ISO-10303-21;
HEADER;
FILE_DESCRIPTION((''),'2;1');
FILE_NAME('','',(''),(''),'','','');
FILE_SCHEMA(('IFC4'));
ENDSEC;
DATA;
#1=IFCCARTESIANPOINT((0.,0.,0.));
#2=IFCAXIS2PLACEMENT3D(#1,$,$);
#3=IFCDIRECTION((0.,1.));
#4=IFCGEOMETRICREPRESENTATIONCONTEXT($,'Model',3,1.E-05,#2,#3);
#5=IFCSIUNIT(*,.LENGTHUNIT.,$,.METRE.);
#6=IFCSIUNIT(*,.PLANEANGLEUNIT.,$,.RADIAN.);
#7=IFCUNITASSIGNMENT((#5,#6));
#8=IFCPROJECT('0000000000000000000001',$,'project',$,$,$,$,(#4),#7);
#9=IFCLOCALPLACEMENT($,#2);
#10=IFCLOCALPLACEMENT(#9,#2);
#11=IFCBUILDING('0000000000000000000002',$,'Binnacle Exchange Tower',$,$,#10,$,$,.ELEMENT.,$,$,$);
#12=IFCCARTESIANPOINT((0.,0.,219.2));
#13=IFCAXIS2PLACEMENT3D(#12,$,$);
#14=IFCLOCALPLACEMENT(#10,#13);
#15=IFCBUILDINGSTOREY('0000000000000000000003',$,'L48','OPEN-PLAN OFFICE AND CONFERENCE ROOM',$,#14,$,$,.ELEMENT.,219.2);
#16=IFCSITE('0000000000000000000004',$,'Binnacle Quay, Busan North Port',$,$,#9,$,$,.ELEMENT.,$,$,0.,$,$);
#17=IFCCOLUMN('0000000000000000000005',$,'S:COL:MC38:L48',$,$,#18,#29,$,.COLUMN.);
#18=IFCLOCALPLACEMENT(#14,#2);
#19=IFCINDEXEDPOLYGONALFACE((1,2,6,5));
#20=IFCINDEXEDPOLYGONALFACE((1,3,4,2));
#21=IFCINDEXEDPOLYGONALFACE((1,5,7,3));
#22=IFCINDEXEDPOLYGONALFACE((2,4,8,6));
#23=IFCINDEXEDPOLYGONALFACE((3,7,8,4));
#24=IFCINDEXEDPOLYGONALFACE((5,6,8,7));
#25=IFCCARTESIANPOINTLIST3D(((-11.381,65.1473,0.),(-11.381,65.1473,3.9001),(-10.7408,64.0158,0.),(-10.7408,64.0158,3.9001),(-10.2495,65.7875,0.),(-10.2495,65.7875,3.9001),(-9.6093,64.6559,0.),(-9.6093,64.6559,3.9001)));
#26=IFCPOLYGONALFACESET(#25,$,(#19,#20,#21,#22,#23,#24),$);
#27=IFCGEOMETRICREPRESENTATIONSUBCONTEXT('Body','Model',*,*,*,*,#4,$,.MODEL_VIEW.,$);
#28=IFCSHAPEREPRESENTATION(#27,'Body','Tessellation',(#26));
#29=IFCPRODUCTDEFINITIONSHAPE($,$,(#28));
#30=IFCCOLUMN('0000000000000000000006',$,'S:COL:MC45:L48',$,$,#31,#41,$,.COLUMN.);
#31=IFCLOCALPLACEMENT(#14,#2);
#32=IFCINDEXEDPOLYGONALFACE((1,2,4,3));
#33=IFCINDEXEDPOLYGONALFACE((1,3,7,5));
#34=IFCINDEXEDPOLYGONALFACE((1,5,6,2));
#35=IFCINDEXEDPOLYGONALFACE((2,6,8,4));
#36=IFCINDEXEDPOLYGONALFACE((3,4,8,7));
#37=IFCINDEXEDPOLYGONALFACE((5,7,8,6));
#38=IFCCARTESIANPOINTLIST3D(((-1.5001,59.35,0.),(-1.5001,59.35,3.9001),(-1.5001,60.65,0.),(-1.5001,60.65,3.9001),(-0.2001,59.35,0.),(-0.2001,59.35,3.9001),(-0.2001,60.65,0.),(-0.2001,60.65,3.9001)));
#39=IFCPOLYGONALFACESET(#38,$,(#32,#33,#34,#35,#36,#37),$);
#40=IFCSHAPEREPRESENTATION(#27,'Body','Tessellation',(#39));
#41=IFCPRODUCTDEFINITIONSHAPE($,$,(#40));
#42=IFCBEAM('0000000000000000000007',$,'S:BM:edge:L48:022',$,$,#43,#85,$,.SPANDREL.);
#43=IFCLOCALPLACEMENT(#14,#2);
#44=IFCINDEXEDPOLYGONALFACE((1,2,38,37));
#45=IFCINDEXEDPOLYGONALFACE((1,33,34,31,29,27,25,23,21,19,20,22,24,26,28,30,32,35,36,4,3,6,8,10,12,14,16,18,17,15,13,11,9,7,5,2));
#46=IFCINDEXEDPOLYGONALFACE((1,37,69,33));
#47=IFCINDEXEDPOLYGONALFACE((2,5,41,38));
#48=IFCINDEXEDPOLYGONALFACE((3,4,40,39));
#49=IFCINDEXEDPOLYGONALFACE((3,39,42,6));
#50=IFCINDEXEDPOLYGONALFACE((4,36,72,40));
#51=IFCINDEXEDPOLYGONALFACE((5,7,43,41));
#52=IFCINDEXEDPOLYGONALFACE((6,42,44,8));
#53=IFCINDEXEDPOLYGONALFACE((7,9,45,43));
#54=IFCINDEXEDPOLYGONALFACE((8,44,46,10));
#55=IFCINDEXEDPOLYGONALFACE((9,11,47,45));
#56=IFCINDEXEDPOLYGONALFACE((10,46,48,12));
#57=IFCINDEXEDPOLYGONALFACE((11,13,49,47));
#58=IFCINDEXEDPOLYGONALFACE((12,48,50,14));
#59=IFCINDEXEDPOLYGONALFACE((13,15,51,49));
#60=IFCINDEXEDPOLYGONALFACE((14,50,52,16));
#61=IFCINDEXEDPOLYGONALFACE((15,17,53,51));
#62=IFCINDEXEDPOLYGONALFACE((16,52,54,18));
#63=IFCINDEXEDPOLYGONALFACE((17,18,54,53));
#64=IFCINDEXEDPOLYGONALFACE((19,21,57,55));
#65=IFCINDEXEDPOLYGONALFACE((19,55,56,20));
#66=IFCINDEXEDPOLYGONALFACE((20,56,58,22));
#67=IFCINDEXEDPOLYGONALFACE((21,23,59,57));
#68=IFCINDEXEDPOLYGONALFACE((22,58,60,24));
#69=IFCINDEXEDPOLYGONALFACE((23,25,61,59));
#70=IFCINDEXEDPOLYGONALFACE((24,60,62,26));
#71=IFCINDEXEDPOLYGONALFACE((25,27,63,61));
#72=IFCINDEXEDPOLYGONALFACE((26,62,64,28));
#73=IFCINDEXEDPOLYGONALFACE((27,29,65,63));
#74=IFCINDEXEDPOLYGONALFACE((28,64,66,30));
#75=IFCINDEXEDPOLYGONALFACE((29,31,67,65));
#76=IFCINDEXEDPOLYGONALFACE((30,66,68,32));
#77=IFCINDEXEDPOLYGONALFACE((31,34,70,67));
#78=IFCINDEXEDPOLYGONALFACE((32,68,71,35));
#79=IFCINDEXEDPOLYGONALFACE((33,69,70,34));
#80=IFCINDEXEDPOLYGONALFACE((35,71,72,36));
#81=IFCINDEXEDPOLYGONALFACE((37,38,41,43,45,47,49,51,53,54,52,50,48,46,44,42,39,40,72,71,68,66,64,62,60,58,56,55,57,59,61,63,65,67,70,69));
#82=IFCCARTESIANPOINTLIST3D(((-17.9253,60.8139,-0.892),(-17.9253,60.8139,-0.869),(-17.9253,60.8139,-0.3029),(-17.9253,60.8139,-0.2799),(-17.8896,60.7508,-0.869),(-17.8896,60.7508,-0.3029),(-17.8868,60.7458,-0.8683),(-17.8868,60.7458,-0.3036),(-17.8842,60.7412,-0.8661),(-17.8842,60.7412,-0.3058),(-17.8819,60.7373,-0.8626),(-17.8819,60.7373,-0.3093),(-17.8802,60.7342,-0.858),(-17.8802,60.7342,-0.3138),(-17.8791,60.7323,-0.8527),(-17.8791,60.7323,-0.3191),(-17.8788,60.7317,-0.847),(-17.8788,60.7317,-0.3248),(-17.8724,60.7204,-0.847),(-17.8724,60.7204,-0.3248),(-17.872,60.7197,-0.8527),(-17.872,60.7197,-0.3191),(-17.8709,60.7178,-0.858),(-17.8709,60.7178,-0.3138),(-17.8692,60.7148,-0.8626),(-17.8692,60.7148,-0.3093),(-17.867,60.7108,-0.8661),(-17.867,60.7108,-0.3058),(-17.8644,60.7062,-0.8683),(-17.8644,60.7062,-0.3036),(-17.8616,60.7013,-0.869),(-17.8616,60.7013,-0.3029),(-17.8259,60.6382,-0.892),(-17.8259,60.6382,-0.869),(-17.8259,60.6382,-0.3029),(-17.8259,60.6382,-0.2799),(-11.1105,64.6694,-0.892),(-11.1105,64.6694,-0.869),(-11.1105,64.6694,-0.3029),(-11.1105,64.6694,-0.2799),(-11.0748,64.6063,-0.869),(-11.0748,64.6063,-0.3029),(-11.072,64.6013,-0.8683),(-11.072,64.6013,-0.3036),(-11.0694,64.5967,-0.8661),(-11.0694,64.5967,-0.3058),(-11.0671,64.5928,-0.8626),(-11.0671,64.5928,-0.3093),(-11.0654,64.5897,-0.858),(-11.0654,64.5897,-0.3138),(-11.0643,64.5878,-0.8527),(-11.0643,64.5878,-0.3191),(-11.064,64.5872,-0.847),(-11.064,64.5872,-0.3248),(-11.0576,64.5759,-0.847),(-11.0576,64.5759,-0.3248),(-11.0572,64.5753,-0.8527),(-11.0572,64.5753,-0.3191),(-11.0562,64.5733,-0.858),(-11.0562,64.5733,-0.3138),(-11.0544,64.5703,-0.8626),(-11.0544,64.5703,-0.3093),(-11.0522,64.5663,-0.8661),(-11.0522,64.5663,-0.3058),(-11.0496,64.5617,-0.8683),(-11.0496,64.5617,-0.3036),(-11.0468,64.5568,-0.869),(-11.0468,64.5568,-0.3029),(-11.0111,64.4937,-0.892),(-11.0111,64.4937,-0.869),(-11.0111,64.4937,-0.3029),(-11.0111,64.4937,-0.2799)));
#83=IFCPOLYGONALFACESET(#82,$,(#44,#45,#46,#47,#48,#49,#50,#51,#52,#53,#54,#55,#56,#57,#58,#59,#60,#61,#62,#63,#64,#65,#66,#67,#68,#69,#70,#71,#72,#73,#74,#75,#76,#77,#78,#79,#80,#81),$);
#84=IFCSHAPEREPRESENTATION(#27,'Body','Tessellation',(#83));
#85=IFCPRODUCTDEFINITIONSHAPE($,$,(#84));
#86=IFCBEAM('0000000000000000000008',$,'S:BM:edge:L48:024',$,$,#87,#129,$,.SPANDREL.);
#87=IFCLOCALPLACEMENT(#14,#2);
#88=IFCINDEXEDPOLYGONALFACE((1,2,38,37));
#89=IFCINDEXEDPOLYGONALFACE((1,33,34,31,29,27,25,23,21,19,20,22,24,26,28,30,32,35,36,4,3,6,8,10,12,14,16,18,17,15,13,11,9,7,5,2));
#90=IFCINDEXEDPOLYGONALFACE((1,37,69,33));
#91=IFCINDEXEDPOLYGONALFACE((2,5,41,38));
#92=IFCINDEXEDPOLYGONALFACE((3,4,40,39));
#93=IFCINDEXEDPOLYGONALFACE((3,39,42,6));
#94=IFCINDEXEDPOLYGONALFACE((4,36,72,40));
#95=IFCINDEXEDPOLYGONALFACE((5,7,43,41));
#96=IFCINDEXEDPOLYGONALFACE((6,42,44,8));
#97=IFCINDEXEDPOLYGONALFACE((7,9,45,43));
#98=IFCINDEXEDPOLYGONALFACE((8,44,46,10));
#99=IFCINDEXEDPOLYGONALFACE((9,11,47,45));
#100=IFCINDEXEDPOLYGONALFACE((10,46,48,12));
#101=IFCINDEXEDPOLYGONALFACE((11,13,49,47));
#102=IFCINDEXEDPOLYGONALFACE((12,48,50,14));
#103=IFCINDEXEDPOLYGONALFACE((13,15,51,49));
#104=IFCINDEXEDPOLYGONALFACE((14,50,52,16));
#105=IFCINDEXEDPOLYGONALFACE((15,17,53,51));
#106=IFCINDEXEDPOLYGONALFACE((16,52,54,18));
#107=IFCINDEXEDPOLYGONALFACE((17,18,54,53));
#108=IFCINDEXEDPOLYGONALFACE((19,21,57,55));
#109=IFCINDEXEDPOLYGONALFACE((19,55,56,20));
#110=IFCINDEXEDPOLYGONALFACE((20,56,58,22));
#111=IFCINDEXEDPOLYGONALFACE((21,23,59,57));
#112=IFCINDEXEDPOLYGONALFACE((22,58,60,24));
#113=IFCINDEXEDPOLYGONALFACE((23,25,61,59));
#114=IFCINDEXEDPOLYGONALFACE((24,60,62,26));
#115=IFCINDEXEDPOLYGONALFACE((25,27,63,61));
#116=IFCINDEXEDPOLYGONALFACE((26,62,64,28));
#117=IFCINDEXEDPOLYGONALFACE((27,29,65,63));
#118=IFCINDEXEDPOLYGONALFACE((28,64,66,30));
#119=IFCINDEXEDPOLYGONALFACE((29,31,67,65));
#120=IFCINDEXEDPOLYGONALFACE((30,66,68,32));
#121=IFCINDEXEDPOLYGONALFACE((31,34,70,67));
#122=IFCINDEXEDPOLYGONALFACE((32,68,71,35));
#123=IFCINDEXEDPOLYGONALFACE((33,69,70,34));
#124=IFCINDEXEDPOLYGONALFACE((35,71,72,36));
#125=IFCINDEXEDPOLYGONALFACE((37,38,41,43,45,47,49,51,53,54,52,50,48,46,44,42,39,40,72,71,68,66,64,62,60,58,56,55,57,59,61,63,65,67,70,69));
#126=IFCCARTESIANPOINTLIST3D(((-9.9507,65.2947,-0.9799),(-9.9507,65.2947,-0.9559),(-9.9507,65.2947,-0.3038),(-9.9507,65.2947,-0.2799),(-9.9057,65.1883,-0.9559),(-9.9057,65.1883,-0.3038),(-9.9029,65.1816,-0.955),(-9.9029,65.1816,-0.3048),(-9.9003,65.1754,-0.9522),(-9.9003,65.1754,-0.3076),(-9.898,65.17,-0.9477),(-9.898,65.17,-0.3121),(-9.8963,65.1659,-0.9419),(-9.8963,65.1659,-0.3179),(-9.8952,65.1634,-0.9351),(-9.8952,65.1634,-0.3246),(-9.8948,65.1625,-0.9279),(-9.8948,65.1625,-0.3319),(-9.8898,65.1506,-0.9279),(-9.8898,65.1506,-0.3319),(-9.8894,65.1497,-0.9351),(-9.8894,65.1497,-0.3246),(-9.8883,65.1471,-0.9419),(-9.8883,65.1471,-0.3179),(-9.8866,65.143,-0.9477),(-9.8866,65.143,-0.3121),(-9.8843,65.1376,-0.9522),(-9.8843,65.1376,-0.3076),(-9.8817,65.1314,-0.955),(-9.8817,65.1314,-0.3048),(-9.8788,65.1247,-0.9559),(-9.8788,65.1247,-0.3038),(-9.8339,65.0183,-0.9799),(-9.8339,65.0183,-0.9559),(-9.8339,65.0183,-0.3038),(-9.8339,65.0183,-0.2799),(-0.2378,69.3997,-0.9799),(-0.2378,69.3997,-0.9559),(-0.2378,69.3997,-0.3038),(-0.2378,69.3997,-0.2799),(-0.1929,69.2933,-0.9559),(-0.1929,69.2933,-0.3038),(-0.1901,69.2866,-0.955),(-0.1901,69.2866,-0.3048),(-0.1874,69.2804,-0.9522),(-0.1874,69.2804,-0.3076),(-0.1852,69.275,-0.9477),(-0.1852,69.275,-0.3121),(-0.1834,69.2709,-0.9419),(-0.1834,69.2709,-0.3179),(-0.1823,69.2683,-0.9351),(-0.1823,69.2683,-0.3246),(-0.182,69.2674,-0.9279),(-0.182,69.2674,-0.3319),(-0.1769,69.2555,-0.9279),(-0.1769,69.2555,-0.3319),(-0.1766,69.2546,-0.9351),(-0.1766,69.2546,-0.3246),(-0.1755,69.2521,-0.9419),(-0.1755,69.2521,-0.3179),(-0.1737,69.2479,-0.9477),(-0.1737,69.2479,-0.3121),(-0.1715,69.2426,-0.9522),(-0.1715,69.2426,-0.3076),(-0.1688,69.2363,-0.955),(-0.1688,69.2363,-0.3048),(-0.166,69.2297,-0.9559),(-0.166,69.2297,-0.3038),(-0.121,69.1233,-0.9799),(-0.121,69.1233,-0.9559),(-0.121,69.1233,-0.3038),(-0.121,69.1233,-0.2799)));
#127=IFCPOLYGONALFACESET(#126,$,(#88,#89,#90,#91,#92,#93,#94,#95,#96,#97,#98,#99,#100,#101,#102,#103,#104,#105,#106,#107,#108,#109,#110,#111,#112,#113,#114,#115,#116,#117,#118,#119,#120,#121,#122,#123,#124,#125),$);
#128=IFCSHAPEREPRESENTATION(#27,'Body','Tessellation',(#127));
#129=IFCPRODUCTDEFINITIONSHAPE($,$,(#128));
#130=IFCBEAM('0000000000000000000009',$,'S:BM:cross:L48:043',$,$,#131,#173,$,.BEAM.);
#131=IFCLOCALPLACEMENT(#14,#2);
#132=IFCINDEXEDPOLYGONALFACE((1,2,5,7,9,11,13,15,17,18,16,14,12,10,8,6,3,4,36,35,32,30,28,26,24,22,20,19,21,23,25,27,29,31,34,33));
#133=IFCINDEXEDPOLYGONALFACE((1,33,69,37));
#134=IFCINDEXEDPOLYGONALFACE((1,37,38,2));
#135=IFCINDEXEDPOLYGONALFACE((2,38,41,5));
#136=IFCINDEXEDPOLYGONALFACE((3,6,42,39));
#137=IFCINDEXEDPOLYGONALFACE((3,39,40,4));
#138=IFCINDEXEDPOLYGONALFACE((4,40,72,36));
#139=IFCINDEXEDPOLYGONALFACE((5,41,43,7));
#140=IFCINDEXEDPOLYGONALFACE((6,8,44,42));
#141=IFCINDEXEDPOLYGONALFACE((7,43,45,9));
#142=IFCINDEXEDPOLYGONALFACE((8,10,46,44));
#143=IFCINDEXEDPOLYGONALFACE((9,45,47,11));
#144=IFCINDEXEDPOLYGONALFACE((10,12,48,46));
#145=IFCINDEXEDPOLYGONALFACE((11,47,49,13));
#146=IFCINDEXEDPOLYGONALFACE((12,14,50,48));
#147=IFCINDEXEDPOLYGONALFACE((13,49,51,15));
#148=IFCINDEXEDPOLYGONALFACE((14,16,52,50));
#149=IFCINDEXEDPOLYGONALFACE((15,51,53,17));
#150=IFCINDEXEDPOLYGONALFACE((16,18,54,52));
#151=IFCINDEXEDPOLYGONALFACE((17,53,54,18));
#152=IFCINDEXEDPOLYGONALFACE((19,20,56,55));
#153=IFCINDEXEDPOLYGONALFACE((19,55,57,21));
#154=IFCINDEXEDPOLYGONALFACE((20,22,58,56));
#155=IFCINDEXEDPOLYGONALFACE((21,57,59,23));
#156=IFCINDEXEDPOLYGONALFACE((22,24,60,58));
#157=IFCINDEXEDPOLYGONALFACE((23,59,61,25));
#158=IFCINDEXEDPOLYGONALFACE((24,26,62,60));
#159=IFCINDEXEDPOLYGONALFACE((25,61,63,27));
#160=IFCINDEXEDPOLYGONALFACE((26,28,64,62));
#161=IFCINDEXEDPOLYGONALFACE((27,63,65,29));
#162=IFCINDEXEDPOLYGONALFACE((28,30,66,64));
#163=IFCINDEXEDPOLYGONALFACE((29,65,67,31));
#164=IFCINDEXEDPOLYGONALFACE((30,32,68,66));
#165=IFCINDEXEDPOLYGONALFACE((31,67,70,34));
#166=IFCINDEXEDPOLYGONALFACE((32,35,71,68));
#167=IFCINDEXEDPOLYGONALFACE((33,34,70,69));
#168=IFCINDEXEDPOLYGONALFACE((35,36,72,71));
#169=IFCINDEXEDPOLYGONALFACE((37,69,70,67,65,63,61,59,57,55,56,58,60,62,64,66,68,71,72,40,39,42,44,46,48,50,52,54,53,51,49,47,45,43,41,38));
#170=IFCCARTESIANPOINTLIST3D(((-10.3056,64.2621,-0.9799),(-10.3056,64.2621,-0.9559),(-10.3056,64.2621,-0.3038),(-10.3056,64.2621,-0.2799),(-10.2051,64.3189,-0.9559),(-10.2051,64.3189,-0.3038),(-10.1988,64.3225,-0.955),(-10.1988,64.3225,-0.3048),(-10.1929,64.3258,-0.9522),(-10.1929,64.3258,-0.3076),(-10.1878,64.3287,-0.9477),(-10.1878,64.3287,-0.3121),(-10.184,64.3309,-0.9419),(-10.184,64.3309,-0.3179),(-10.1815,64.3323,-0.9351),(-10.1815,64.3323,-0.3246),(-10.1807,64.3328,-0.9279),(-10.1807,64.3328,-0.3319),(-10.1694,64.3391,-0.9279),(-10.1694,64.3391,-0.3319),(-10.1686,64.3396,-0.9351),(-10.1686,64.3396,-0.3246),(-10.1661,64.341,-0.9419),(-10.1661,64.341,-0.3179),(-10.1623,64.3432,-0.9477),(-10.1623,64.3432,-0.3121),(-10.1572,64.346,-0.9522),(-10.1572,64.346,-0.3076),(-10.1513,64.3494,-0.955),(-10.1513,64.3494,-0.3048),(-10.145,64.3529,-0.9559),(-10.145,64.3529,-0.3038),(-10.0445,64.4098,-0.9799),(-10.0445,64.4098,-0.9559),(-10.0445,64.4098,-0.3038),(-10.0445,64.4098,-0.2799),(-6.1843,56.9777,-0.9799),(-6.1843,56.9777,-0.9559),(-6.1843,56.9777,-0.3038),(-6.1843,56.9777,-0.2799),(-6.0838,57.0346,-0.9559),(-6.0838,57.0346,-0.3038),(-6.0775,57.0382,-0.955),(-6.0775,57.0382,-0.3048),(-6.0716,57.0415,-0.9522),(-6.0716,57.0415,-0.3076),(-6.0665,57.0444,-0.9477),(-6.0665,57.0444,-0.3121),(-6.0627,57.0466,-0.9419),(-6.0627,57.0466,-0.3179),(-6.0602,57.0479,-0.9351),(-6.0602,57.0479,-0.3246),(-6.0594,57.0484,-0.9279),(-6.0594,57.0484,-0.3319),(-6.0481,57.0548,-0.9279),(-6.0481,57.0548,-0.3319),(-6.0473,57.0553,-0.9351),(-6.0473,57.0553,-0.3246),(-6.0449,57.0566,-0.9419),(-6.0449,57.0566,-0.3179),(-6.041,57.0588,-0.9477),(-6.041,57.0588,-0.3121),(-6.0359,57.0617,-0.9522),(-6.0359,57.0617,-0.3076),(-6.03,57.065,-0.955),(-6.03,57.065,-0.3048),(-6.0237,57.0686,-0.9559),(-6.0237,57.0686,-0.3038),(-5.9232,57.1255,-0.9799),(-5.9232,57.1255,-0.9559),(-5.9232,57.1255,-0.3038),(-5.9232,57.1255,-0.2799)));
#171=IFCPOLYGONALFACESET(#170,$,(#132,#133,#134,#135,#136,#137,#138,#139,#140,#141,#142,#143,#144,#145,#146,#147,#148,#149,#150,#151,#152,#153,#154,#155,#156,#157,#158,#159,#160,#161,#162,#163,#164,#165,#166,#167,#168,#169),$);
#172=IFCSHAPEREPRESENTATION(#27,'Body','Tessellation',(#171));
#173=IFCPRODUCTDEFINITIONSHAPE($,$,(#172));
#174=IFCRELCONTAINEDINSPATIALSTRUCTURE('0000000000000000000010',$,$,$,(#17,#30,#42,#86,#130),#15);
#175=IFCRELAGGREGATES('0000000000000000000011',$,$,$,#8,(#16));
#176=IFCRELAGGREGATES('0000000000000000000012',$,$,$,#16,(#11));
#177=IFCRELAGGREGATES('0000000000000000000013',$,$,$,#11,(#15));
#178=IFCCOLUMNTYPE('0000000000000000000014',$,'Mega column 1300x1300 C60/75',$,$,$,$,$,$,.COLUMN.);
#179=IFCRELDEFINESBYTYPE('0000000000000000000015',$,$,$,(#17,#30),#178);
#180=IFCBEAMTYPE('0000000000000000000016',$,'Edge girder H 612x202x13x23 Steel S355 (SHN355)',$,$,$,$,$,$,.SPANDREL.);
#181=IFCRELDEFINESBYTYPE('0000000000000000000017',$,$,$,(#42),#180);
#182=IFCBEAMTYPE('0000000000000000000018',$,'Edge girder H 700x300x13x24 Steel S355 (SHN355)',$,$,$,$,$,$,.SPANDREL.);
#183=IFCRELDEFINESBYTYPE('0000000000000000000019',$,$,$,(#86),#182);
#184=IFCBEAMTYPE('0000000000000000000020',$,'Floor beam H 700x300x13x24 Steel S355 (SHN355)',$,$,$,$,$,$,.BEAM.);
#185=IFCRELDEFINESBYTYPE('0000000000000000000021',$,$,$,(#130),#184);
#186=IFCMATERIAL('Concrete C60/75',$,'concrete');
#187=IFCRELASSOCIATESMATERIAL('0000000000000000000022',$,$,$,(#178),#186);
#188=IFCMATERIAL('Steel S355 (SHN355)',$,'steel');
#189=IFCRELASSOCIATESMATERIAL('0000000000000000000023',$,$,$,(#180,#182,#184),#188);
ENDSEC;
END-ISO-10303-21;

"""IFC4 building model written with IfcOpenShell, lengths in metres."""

from ifc_helpers import new_model, si_unit, direction, frame, origin, origin_2d, place, context, subcontext, project, spatial, rectangle, i_section, extrude, material, material_profile, profile_set, type_object, element, save


model = new_model("IFC4")

# Units and contexts
model_context = context("Model", 3, precision=1e-05, world=origin(), true_north=direction((0.0, 1.0)))
body_context = subcontext(model_context, "Body", "Model", "MODEL_VIEW")
ifc_project = project(units=[si_unit("LENGTHUNIT", "METRE"), si_unit("PLANEANGLEUNIT", "RADIAN")], contexts=[model_context])

# Site, building, storey
site_placement = place(None, origin())
site = spatial("IfcSite", under=ifc_project, at=site_placement, Name="Binnacle Quay, Busan North Port", CompositionType="ELEMENT", RefElevation=0.0)
building_placement = place(site_placement, origin())
building = spatial("IfcBuilding", under=site, at=building_placement, Name="Binnacle Exchange Tower", CompositionType="ELEMENT")
storey_placement = place(building_placement, frame((0.0, 0.0, 219.2)))
storey = spatial("IfcBuildingStorey", under=building, at=storey_placement, Name="L48", Description="OPEN-PLAN OFFICE AND CONFERENCE ROOM", CompositionType="ELEMENT", Elevation=219.2)

# Columns
ifc_material_1 = material(Name="Concrete C60/75", Category="concrete")
ifc_material_profile_1 = material_profile(ifc_material_1, rectangle(XDim=1.3, YDim=1.3, at=origin_2d()), Name="Mega column 1300x1300 C60/75")
ifc_profile_set_1 = profile_set([ifc_material_profile_1], Name="Concrete C60/75")
column_type = type_object("IfcColumnType", Name="Mega column 1300x1300 C60/75", PredefinedType="COLUMN", material=ifc_profile_set_1)
for number, where, z_axis, x_axis, name in (
    (1, (-10.4951, 64.9016, 0.0), (0.0, 0.0, 1.0), (-0.870356, -0.492424, 0.0), "S:COL:MC38:L48"),
    (2, (-0.8501, 60.0, 0.0), (0.0, 0.0, 1.0), (0.0, 1.0, 0.0), "S:COL:MC45:L48"),
):
    element("IfcColumn", number, at=place(storey_placement, frame(where, z_axis=z_axis, x_axis=x_axis)), inside=storey, type_object=column_type, Name=name, PredefinedType="COLUMN", context=body_context, shape_type="SweptSolid", body=[
        extrude(rectangle(XDim=1.3, YDim=1.3, at=origin_2d()), origin(), (0.0, 0.0, 1.0), 3.9001),
    ])

# Beams
ifc_material_2 = material(Name="Steel S355 (SHN355)", Category="steel")
ifc_material_profile_2 = material_profile(ifc_material_2, i_section(OverallWidth=0.2019, OverallDepth=0.6121, WebThickness=0.0129, FlangeThickness=0.0229, FilletRadius=0.022, at=origin_2d()), Name="H 612x202x13x23")
ifc_profile_set_2 = profile_set([ifc_material_profile_2], Name="Steel S355 (SHN355)")
beam_type_1 = type_object("IfcBeamType", Name="Edge girder H 612x202x13x23 Steel S355 (SHN355)", PredefinedType="SPANDREL", material=ifc_profile_set_2)
beam_1_placement = place(storey_placement, frame((-11.0608, 64.5815, -0.5859), z_axis=(-0.870361, -0.492414, 0.0), x_axis=(0.492414, -0.870361, 0.0)))
element("IfcBeam", 3, at=beam_1_placement, inside=storey, type_object=beam_type_1, Name="S:BM:edge:L48:022", PredefinedType="SPANDREL", context=body_context, shape_type="SweptSolid", body=[
    extrude(i_section(OverallWidth=0.2019, OverallDepth=0.6121, WebThickness=0.0129, FlangeThickness=0.0229, FilletRadius=0.022, at=origin_2d()), origin(), (0.0, 0.0, 1.0), 7.8298),
])
ifc_material_profile_3 = material_profile(ifc_material_2, i_section(OverallWidth=0.3, OverallDepth=0.7, WebThickness=0.0129, FlangeThickness=0.0239, FilletRadius=0.0281, at=origin_2d()), Name="H 700x300x13x24")
ifc_profile_set_3 = profile_set([ifc_material_profile_3], Name="Steel S355 (SHN355)")
beam_type_2 = type_object("IfcBeamType", Name="Edge girder H 700x300x13x24 Steel S355 (SHN355)", PredefinedType="SPANDREL", material=ifc_profile_set_3)
beam_2_placement = place(storey_placement, frame((-0.1794, 69.2615, -0.6299), z_axis=(-0.921114, -0.389293, 0.0), x_axis=(0.389293, -0.921114, 0.0)))
element("IfcBeam", 4, at=beam_2_placement, inside=storey, type_object=beam_type_2, Name="S:BM:edge:L48:024", PredefinedType="SPANDREL", context=body_context, shape_type="SweptSolid", body=[
    extrude(i_section(OverallWidth=0.3, OverallDepth=0.7, WebThickness=0.0129, FlangeThickness=0.0239, FilletRadius=0.0281, at=origin_2d()), origin(), (0.0, 0.0, 1.0), 10.5447),
])
ifc_material_profile_4 = material_profile(ifc_material_2, i_section(OverallWidth=0.3, OverallDepth=0.7, WebThickness=0.0129, FlangeThickness=0.0239, FilletRadius=0.0281, at=origin_2d()), Name="H 700x300x13x24")
ifc_profile_set_4 = profile_set([ifc_material_profile_4], Name="Steel S355 (SHN355)")
beam_type_3 = type_object("IfcBeamType", Name="Floor beam H 700x300x13x24 Steel S355 (SHN355)", PredefinedType="BEAM", material=ifc_profile_set_4)
beam_3_placement = place(storey_placement, frame((-10.175, 64.3359, -0.6299), z_axis=(0.492424, -0.870355, 0.0), x_axis=(0.870355, 0.492424, 0.0)))
element("IfcBeam", 5, at=beam_3_placement, inside=storey, type_object=beam_type_3, Name="S:BM:cross:L48:043", PredefinedType="BEAM", context=body_context, shape_type="SweptSolid", body=[
    extrude(i_section(OverallWidth=0.3, OverallDepth=0.7, WebThickness=0.0129, FlangeThickness=0.0239, FilletRadius=0.0281, at=origin_2d()), origin(), (0.0, 0.0, 1.0), 8.3694),
])

save(model, "model.ifc")
